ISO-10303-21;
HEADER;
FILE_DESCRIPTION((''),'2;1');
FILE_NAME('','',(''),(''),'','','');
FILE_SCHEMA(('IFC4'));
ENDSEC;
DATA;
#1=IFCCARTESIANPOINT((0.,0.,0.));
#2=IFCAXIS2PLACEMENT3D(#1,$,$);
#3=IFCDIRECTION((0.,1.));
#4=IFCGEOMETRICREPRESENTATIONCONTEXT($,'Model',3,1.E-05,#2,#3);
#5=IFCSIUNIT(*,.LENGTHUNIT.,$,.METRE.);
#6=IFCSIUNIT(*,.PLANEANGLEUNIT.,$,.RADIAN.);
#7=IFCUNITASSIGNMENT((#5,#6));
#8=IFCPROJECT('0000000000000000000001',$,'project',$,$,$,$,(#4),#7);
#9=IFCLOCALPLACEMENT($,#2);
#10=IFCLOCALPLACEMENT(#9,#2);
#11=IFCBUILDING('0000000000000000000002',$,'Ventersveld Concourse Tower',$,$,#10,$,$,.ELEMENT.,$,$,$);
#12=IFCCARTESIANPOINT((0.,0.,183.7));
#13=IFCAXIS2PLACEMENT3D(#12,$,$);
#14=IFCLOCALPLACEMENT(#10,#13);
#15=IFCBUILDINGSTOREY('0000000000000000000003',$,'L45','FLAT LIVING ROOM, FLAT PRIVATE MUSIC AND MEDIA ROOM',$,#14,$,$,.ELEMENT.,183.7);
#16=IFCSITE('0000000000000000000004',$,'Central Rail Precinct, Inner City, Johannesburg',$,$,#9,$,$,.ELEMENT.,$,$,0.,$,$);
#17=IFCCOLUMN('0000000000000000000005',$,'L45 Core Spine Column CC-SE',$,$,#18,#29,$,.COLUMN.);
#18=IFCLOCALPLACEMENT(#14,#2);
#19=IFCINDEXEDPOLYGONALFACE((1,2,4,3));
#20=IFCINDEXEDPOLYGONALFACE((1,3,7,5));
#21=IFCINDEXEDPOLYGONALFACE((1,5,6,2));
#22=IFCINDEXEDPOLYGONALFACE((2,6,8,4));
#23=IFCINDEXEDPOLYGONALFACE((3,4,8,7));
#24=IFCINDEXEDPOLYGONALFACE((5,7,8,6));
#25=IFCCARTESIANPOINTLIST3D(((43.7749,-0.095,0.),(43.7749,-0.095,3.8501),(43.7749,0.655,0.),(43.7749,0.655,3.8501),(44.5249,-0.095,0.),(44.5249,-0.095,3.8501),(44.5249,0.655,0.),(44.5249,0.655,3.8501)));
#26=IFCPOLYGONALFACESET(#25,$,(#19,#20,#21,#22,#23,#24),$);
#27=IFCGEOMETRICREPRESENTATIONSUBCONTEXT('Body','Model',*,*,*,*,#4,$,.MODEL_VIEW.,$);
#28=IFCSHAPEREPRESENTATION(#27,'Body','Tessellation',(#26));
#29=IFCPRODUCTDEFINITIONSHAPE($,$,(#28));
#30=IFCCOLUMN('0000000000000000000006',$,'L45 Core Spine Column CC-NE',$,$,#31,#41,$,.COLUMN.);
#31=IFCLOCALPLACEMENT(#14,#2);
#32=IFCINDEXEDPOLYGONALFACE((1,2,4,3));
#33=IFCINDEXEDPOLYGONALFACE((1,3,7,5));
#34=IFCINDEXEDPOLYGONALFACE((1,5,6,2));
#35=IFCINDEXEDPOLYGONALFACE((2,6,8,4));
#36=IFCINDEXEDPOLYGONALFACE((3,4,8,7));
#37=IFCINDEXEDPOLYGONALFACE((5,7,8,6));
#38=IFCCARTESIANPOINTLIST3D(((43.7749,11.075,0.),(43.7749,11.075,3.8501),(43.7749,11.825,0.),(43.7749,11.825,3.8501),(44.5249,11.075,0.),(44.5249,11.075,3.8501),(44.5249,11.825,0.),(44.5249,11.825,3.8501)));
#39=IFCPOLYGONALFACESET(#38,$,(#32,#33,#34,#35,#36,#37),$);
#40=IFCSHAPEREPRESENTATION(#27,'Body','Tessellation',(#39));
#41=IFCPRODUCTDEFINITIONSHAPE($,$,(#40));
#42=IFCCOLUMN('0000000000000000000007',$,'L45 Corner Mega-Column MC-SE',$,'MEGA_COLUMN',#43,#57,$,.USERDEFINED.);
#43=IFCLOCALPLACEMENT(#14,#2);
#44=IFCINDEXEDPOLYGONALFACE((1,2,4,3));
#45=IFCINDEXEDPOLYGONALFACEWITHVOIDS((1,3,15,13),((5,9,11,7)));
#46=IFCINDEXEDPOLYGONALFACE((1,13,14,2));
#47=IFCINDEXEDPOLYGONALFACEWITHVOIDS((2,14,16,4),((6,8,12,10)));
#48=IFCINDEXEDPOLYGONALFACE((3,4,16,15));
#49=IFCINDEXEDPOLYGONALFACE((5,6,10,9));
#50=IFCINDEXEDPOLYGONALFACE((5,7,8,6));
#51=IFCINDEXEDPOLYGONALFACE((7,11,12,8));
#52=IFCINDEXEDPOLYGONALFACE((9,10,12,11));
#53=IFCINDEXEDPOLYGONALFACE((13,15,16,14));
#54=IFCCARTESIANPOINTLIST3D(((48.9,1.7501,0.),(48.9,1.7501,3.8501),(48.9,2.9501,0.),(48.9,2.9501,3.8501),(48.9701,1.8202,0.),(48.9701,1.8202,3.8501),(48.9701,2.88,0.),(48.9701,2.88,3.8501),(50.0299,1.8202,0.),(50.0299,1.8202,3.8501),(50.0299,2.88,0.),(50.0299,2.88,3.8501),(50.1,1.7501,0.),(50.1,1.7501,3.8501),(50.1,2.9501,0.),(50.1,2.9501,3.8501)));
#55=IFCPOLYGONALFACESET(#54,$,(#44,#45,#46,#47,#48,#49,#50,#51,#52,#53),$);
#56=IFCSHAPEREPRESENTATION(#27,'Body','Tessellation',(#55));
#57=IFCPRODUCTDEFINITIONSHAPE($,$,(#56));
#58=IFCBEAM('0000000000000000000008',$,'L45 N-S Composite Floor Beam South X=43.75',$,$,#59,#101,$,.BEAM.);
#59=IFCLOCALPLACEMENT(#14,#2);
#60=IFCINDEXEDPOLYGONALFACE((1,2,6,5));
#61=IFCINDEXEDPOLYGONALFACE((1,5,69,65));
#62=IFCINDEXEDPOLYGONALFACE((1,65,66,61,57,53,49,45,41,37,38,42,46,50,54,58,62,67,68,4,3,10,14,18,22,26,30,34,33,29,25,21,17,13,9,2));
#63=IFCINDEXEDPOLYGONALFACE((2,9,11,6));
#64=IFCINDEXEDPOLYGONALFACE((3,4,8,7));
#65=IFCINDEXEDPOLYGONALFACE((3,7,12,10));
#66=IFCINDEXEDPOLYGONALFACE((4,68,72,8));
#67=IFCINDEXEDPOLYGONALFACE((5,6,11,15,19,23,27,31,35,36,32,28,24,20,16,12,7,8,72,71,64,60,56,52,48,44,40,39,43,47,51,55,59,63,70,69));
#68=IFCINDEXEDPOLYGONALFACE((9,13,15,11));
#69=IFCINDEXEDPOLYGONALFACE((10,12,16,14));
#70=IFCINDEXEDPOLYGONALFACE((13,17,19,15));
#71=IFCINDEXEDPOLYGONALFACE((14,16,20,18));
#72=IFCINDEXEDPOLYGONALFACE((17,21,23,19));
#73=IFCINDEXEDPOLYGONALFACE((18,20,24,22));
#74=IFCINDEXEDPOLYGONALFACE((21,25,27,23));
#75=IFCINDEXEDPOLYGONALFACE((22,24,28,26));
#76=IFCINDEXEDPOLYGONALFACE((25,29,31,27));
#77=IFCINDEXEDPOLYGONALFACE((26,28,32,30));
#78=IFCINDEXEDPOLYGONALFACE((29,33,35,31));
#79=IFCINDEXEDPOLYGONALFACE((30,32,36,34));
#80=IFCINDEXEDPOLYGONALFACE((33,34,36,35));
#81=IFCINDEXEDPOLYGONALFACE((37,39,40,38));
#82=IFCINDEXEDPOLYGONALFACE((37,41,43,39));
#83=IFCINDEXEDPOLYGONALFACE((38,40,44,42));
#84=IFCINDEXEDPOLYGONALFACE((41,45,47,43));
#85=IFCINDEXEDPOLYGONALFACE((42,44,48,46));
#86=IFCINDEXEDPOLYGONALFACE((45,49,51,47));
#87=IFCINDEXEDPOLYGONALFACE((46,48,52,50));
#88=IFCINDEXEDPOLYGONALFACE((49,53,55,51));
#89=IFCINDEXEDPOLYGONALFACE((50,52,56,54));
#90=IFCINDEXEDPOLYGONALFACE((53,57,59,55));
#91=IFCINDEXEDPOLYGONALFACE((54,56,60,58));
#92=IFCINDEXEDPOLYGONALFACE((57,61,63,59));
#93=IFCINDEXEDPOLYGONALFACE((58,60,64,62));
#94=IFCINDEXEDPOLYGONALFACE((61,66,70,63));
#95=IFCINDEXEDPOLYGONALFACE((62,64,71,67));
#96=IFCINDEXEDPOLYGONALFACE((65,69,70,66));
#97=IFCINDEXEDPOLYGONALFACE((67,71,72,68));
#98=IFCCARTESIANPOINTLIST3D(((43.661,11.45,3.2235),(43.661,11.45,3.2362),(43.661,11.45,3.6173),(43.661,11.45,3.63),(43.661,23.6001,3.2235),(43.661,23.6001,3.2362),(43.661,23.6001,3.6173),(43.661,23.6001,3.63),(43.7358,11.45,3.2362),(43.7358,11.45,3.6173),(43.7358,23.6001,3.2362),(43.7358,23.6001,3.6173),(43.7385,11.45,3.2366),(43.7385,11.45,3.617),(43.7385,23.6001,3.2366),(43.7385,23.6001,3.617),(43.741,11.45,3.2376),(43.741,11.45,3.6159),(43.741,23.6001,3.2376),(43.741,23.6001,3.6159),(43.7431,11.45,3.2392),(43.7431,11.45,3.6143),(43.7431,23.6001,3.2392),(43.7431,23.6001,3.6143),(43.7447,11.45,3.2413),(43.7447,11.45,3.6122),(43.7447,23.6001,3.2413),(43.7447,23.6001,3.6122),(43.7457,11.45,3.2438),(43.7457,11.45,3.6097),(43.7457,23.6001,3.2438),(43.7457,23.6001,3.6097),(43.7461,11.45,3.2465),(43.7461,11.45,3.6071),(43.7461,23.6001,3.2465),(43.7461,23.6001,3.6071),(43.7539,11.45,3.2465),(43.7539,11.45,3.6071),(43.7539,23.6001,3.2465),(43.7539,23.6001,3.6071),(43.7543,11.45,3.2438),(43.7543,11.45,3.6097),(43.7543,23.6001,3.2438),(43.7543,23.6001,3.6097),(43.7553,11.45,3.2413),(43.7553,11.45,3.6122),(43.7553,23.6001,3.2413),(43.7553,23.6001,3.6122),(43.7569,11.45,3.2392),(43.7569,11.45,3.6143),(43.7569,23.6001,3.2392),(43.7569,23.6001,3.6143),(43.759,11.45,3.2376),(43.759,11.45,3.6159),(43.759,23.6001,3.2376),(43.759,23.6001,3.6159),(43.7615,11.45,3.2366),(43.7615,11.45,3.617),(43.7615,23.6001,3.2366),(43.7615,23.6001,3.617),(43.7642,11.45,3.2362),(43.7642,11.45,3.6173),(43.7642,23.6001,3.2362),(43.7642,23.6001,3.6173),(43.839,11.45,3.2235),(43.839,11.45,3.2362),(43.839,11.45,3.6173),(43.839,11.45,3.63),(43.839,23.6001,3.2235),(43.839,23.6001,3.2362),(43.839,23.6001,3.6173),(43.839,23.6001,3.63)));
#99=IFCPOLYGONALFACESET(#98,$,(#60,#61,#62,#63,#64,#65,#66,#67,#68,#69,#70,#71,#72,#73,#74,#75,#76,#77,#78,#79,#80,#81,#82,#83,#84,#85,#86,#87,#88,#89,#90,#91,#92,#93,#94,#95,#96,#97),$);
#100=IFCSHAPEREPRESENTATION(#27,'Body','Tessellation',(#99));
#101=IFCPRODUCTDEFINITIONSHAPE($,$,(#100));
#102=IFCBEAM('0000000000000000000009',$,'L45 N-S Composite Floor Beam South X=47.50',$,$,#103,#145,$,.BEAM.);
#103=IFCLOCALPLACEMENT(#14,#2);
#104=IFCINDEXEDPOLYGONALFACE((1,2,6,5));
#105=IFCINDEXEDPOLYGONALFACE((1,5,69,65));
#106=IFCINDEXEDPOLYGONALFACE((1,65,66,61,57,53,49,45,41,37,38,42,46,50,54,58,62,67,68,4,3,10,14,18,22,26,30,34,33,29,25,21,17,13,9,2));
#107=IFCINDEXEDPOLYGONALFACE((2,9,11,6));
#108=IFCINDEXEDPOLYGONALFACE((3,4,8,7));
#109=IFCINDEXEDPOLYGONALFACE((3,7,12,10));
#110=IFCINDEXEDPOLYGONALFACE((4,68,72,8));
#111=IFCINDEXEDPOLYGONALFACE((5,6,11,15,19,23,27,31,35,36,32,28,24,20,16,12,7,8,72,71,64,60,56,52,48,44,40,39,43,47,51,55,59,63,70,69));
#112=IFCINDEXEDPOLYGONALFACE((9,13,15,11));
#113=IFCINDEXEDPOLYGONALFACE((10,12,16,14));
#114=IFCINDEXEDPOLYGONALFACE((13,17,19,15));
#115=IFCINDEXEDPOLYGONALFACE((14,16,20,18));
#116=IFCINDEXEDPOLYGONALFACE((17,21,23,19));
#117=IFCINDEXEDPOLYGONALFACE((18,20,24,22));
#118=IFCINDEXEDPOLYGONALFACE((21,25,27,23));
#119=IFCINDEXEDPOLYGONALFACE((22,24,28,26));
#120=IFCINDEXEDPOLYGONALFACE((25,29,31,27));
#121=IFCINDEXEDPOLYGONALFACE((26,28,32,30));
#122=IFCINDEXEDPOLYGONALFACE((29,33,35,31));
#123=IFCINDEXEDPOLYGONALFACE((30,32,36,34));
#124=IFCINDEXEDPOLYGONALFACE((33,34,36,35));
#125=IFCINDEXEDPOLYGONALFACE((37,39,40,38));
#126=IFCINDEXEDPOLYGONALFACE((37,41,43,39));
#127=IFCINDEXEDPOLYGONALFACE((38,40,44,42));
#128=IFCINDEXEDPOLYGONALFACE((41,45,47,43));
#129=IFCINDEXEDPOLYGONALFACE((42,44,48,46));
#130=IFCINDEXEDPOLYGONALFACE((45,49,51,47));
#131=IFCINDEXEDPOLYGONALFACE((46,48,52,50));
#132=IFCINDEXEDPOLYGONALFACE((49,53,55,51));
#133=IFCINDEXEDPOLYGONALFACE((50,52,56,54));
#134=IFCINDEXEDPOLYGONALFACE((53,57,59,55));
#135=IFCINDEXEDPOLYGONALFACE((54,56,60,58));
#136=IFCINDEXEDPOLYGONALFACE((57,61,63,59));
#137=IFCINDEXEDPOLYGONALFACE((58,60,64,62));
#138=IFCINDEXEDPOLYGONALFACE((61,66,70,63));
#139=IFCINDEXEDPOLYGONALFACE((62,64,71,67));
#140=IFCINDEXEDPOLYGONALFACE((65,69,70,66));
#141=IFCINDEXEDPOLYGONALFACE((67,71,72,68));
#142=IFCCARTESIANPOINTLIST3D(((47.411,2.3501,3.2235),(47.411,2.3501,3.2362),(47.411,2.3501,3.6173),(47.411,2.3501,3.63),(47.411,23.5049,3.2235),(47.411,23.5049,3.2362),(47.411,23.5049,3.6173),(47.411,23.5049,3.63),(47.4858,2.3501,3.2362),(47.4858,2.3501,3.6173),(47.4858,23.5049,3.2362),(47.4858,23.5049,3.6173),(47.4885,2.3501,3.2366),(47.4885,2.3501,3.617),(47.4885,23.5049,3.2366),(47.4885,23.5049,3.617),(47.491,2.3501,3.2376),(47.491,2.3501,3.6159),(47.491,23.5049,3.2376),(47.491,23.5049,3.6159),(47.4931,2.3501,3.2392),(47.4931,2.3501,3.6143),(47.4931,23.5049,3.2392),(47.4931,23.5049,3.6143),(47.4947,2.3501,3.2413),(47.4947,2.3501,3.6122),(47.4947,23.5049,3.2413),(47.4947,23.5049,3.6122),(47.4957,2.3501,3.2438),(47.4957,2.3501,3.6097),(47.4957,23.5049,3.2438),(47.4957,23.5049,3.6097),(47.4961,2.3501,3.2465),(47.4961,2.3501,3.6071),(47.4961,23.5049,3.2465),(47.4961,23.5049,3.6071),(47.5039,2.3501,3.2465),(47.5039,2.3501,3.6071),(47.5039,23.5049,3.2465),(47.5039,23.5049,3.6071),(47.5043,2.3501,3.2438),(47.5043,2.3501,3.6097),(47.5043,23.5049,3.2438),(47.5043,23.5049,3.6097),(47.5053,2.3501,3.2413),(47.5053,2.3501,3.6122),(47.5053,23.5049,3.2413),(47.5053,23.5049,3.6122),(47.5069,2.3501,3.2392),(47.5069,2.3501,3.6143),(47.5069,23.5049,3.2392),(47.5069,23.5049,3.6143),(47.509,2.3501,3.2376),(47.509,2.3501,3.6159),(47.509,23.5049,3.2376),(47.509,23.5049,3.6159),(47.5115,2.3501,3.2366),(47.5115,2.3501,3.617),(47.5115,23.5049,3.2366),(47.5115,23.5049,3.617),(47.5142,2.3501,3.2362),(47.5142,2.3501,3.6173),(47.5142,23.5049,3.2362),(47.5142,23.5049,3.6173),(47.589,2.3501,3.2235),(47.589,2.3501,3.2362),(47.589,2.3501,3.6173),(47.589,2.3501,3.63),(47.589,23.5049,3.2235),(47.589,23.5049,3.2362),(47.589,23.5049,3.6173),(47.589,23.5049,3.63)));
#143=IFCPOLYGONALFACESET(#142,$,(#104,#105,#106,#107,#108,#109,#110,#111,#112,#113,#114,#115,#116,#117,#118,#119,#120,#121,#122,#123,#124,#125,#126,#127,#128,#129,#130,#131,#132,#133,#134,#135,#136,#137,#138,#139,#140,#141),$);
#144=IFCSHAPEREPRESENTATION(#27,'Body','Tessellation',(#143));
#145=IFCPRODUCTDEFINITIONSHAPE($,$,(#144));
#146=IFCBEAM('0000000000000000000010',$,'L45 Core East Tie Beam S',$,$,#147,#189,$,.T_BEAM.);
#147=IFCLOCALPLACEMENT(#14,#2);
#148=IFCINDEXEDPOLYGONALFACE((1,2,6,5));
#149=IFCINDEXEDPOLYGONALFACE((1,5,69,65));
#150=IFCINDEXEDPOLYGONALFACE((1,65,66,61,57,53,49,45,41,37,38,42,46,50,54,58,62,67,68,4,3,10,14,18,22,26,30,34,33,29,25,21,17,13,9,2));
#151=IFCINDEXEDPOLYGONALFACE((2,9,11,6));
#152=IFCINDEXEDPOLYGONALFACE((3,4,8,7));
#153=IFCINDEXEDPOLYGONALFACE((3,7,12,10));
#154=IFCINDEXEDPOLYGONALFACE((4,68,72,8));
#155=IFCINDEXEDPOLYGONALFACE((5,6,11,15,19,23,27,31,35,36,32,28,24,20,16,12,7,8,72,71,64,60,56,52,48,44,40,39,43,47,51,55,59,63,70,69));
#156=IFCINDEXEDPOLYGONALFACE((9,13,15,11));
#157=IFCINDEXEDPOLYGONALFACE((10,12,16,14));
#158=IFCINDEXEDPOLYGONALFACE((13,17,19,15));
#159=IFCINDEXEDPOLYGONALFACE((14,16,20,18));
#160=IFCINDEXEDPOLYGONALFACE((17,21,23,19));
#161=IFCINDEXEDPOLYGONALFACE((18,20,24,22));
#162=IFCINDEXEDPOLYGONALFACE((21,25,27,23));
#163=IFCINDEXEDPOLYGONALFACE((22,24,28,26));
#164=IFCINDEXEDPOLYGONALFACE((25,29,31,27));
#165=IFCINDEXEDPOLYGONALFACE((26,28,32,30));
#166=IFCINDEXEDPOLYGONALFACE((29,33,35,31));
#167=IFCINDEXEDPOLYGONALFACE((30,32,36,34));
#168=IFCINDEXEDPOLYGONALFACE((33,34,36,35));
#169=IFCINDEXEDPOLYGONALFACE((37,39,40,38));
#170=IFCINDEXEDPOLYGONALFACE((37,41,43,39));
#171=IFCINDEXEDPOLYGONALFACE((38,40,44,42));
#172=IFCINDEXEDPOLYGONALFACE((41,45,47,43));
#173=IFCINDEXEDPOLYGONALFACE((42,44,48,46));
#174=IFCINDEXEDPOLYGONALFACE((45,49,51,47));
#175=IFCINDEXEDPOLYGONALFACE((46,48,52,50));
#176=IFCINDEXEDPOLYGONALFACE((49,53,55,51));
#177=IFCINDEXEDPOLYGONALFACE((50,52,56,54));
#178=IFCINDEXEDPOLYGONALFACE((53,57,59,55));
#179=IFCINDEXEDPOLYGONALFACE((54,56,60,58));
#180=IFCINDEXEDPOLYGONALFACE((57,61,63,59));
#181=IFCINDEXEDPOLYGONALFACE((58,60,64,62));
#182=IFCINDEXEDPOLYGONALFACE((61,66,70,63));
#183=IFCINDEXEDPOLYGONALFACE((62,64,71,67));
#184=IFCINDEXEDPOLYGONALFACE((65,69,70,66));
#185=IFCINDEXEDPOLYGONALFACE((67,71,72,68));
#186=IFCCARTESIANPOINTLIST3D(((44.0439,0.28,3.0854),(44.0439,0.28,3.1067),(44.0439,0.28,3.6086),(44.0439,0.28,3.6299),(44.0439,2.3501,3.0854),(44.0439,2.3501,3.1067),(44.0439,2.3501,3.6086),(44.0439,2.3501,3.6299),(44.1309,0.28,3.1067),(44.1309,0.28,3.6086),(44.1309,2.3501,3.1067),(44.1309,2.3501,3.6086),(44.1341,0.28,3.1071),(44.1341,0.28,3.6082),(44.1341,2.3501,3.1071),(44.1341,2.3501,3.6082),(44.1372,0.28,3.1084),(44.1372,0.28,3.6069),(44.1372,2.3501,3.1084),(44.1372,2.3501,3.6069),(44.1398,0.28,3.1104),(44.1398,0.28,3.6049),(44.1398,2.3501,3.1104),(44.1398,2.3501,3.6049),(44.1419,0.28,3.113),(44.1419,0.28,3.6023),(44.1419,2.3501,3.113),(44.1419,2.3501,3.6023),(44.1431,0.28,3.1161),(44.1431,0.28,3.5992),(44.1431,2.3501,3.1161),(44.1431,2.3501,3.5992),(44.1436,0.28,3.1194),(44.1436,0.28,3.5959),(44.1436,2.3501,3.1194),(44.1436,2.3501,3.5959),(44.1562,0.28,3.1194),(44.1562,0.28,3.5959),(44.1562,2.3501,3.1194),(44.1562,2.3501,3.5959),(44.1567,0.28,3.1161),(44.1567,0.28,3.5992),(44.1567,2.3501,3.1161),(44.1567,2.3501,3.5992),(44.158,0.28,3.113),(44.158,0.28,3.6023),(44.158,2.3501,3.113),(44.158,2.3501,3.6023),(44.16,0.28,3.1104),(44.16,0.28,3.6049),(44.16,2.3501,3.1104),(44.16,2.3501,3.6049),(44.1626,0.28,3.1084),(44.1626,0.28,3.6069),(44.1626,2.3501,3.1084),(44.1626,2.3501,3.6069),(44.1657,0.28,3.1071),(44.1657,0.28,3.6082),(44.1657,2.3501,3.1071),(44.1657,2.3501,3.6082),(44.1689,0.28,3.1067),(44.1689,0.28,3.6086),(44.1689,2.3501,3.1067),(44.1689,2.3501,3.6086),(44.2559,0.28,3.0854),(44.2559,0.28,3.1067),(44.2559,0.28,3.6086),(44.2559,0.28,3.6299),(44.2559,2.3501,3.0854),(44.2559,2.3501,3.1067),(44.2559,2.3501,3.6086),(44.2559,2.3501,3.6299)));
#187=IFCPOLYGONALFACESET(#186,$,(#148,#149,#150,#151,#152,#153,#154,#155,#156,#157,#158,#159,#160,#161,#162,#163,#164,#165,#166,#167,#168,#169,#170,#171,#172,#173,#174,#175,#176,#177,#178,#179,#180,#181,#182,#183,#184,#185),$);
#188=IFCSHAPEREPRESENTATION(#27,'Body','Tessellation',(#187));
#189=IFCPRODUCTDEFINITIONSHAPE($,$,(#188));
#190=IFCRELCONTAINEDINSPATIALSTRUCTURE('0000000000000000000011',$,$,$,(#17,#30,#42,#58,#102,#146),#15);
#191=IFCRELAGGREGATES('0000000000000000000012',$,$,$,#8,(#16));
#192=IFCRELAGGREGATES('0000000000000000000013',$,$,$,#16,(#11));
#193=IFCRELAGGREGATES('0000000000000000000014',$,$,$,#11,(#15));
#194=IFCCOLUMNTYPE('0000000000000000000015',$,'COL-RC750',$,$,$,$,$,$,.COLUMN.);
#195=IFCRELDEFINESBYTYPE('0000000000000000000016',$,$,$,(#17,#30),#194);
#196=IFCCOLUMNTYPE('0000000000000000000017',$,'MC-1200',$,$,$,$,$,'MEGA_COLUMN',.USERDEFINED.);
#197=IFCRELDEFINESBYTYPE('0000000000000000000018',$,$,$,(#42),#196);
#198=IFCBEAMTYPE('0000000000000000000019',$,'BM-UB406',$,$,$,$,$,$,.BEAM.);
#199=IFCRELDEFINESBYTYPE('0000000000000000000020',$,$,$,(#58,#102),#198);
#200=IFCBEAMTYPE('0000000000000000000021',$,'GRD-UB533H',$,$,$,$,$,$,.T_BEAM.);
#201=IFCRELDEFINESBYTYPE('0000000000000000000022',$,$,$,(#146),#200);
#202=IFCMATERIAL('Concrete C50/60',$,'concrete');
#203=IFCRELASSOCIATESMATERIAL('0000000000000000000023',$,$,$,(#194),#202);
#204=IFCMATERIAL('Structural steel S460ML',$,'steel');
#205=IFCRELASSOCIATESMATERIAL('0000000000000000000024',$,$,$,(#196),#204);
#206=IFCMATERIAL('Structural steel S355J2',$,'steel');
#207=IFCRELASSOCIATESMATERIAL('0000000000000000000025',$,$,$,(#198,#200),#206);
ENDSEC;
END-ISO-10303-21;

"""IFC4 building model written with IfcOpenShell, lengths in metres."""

from ifc_helpers import new_model, si_unit, direction, frame, origin, origin_2d, place, context, subcontext, project, spatial, rectangle, hollow_rectangle, i_section, extrude, material, material_profile, profile_set, type_object, element, save


model = new_model("IFC4")

# Units and contexts
model_context = context("Model", 3, precision=1e-05, world=origin(), true_north=direction((0.0, 1.0)))
body_context = subcontext(model_context, "Body", "Model", "MODEL_VIEW")
ifc_project = project(units=[si_unit("LENGTHUNIT", "METRE"), si_unit("PLANEANGLEUNIT", "RADIAN")], contexts=[model_context])

# Site, building, storey
site_placement = place(None, origin())
site = spatial("IfcSite", under=ifc_project, at=site_placement, Name="Central Rail Precinct, Inner City, Johannesburg", CompositionType="ELEMENT", RefElevation=0.0)
building_placement = place(site_placement, origin())
building = spatial("IfcBuilding", under=site, at=building_placement, Name="Ventersveld Concourse Tower", CompositionType="ELEMENT")
storey_placement = place(building_placement, frame((0.0, 0.0, 183.7)))
storey = spatial("IfcBuildingStorey", under=building, at=storey_placement, Name="L45", Description="FLAT LIVING ROOM, FLAT PRIVATE MUSIC AND MEDIA ROOM", CompositionType="ELEMENT", Elevation=183.7)

# Columns
ifc_material_1 = material(Name="Concrete C50/60", Category="concrete")
ifc_material_profile_1 = material_profile(ifc_material_1, rectangle(XDim=0.75, YDim=0.75, at=origin_2d()), Name="RC 750x750")
ifc_profile_set_1 = profile_set([ifc_material_profile_1], Name="Concrete C50/60")
column_type_1 = type_object("IfcColumnType", Name="COL-RC750", PredefinedType="COLUMN", material=ifc_profile_set_1)
for number, where, z_axis, x_axis, name in (
    (1, (44.1499, 0.28, 0.0), (0.0, 0.0, 1.0), (1.0, 0.0, 0.0), "L45 Core Spine Column CC-SE"),
    (2, (44.1499, 11.45, 0.0), (0.0, 0.0, 1.0), (1.0, 0.0, 0.0), "L45 Core Spine Column CC-NE"),
):
    element("IfcColumn", number, at=place(storey_placement, frame(where, z_axis=z_axis, x_axis=x_axis)), inside=storey, type_object=column_type_1, Name=name, PredefinedType="COLUMN", context=body_context, shape_type="SweptSolid", body=[
        extrude(rectangle(XDim=0.75, YDim=0.75, at=origin_2d()), origin(), (0.0, 0.0, 1.0), 3.8501),
    ])
ifc_material_2 = material(Name="Structural steel S460ML", Category="steel")
ifc_material_profile_2 = material_profile(ifc_material_2, hollow_rectangle(XDim=1.2, YDim=1.2, WallThickness=0.0701, at=origin_2d()), Name="BOX 1200x1200x70")
ifc_profile_set_2 = profile_set([ifc_material_profile_2], Name="Structural steel S460ML")
column_type_2 = type_object("IfcColumnType", Name="MC-1200", ElementType="MEGA_COLUMN", PredefinedType="USERDEFINED", material=ifc_profile_set_2)
column_placement = place(storey_placement, frame((49.5, 2.3501, 0.0), z_axis=(0.0, 0.0, 1.0), x_axis=(1.0, 0.0, 0.0)))
element("IfcColumn", 3, at=column_placement, inside=storey, type_object=column_type_2, Name="L45 Corner Mega-Column MC-SE", ObjectType="MEGA_COLUMN", PredefinedType="USERDEFINED", context=body_context, shape_type="SweptSolid", body=[
    extrude(hollow_rectangle(XDim=1.2, YDim=1.2, WallThickness=0.0701, at=origin_2d()), origin(), (0.0, 0.0, 1.0), 3.8501),
])

# Beams
ifc_material_3 = material(Name="Structural steel S355J2", Category="steel")
ifc_material_profile_3 = material_profile(ifc_material_3, i_section(OverallWidth=0.178, OverallDepth=0.4065, WebThickness=0.0078, FlangeThickness=0.0127, FilletRadius=0.0103, at=origin_2d()), Name="UB 406x178x60")
ifc_profile_set_3 = profile_set([ifc_material_profile_3], Name="Structural steel S355J2")
beam_type_1 = type_object("IfcBeamType", Name="BM-UB406", PredefinedType="BEAM", material=ifc_profile_set_3)
beam_1_placement = place(storey_placement, frame((43.75, 11.45, 3.4268), z_axis=(0.0, 1.0, 0.0), x_axis=(-1.0, 0.0, 0.0)))
element("IfcBeam", 4, at=beam_1_placement, inside=storey, type_object=beam_type_1, Name="L45 N-S Composite Floor Beam South X=43.75", PredefinedType="BEAM", context=body_context, shape_type="SweptSolid", body=[
    extrude(i_section(OverallWidth=0.178, OverallDepth=0.4065, WebThickness=0.0078, FlangeThickness=0.0127, FilletRadius=0.0103, at=origin_2d()), origin(), (0.0, 0.0, 1.0), 12.1501),
])
beam_2_placement = place(storey_placement, frame((47.5, 2.3501, 3.4268), z_axis=(0.0, 1.0, 0.0), x_axis=(-1.0, 0.0, 0.0)))
element("IfcBeam", 5, at=beam_2_placement, inside=storey, type_object=beam_type_1, Name="L45 N-S Composite Floor Beam South X=47.50", PredefinedType="BEAM", context=body_context, shape_type="SweptSolid", body=[
    extrude(i_section(OverallWidth=0.178, OverallDepth=0.4065, WebThickness=0.0078, FlangeThickness=0.0127, FilletRadius=0.0103, at=origin_2d()), origin(), (0.0, 0.0, 1.0), 21.1548),
])
ifc_material_profile_4 = material_profile(ifc_material_3, i_section(OverallWidth=0.2119, OverallDepth=0.5444, WebThickness=0.0127, FlangeThickness=0.0212, FilletRadius=0.0127, at=origin_2d()), Name="UB 533x210x122")
ifc_profile_set_4 = profile_set([ifc_material_profile_4], Name="Structural steel S355J2")
beam_type_2 = type_object("IfcBeamType", Name="GRD-UB533H", PredefinedType="T_BEAM", material=ifc_profile_set_4)
beam_3_placement = place(storey_placement, frame((44.1499, 0.28, 3.3577), z_axis=(0.0, 1.0, 0.0), x_axis=(-1.0, 0.0, 0.0)))
element("IfcBeam", 6, at=beam_3_placement, inside=storey, type_object=beam_type_2, Name="L45 Core East Tie Beam S", PredefinedType="T_BEAM", context=body_context, shape_type="SweptSolid", body=[
    extrude(i_section(OverallWidth=0.2119, OverallDepth=0.5444, WebThickness=0.0127, FlangeThickness=0.0212, FilletRadius=0.0127, at=origin_2d()), origin(), (0.0, 0.0, 1.0), 2.0701),
])

save(model, "model.ifc")
